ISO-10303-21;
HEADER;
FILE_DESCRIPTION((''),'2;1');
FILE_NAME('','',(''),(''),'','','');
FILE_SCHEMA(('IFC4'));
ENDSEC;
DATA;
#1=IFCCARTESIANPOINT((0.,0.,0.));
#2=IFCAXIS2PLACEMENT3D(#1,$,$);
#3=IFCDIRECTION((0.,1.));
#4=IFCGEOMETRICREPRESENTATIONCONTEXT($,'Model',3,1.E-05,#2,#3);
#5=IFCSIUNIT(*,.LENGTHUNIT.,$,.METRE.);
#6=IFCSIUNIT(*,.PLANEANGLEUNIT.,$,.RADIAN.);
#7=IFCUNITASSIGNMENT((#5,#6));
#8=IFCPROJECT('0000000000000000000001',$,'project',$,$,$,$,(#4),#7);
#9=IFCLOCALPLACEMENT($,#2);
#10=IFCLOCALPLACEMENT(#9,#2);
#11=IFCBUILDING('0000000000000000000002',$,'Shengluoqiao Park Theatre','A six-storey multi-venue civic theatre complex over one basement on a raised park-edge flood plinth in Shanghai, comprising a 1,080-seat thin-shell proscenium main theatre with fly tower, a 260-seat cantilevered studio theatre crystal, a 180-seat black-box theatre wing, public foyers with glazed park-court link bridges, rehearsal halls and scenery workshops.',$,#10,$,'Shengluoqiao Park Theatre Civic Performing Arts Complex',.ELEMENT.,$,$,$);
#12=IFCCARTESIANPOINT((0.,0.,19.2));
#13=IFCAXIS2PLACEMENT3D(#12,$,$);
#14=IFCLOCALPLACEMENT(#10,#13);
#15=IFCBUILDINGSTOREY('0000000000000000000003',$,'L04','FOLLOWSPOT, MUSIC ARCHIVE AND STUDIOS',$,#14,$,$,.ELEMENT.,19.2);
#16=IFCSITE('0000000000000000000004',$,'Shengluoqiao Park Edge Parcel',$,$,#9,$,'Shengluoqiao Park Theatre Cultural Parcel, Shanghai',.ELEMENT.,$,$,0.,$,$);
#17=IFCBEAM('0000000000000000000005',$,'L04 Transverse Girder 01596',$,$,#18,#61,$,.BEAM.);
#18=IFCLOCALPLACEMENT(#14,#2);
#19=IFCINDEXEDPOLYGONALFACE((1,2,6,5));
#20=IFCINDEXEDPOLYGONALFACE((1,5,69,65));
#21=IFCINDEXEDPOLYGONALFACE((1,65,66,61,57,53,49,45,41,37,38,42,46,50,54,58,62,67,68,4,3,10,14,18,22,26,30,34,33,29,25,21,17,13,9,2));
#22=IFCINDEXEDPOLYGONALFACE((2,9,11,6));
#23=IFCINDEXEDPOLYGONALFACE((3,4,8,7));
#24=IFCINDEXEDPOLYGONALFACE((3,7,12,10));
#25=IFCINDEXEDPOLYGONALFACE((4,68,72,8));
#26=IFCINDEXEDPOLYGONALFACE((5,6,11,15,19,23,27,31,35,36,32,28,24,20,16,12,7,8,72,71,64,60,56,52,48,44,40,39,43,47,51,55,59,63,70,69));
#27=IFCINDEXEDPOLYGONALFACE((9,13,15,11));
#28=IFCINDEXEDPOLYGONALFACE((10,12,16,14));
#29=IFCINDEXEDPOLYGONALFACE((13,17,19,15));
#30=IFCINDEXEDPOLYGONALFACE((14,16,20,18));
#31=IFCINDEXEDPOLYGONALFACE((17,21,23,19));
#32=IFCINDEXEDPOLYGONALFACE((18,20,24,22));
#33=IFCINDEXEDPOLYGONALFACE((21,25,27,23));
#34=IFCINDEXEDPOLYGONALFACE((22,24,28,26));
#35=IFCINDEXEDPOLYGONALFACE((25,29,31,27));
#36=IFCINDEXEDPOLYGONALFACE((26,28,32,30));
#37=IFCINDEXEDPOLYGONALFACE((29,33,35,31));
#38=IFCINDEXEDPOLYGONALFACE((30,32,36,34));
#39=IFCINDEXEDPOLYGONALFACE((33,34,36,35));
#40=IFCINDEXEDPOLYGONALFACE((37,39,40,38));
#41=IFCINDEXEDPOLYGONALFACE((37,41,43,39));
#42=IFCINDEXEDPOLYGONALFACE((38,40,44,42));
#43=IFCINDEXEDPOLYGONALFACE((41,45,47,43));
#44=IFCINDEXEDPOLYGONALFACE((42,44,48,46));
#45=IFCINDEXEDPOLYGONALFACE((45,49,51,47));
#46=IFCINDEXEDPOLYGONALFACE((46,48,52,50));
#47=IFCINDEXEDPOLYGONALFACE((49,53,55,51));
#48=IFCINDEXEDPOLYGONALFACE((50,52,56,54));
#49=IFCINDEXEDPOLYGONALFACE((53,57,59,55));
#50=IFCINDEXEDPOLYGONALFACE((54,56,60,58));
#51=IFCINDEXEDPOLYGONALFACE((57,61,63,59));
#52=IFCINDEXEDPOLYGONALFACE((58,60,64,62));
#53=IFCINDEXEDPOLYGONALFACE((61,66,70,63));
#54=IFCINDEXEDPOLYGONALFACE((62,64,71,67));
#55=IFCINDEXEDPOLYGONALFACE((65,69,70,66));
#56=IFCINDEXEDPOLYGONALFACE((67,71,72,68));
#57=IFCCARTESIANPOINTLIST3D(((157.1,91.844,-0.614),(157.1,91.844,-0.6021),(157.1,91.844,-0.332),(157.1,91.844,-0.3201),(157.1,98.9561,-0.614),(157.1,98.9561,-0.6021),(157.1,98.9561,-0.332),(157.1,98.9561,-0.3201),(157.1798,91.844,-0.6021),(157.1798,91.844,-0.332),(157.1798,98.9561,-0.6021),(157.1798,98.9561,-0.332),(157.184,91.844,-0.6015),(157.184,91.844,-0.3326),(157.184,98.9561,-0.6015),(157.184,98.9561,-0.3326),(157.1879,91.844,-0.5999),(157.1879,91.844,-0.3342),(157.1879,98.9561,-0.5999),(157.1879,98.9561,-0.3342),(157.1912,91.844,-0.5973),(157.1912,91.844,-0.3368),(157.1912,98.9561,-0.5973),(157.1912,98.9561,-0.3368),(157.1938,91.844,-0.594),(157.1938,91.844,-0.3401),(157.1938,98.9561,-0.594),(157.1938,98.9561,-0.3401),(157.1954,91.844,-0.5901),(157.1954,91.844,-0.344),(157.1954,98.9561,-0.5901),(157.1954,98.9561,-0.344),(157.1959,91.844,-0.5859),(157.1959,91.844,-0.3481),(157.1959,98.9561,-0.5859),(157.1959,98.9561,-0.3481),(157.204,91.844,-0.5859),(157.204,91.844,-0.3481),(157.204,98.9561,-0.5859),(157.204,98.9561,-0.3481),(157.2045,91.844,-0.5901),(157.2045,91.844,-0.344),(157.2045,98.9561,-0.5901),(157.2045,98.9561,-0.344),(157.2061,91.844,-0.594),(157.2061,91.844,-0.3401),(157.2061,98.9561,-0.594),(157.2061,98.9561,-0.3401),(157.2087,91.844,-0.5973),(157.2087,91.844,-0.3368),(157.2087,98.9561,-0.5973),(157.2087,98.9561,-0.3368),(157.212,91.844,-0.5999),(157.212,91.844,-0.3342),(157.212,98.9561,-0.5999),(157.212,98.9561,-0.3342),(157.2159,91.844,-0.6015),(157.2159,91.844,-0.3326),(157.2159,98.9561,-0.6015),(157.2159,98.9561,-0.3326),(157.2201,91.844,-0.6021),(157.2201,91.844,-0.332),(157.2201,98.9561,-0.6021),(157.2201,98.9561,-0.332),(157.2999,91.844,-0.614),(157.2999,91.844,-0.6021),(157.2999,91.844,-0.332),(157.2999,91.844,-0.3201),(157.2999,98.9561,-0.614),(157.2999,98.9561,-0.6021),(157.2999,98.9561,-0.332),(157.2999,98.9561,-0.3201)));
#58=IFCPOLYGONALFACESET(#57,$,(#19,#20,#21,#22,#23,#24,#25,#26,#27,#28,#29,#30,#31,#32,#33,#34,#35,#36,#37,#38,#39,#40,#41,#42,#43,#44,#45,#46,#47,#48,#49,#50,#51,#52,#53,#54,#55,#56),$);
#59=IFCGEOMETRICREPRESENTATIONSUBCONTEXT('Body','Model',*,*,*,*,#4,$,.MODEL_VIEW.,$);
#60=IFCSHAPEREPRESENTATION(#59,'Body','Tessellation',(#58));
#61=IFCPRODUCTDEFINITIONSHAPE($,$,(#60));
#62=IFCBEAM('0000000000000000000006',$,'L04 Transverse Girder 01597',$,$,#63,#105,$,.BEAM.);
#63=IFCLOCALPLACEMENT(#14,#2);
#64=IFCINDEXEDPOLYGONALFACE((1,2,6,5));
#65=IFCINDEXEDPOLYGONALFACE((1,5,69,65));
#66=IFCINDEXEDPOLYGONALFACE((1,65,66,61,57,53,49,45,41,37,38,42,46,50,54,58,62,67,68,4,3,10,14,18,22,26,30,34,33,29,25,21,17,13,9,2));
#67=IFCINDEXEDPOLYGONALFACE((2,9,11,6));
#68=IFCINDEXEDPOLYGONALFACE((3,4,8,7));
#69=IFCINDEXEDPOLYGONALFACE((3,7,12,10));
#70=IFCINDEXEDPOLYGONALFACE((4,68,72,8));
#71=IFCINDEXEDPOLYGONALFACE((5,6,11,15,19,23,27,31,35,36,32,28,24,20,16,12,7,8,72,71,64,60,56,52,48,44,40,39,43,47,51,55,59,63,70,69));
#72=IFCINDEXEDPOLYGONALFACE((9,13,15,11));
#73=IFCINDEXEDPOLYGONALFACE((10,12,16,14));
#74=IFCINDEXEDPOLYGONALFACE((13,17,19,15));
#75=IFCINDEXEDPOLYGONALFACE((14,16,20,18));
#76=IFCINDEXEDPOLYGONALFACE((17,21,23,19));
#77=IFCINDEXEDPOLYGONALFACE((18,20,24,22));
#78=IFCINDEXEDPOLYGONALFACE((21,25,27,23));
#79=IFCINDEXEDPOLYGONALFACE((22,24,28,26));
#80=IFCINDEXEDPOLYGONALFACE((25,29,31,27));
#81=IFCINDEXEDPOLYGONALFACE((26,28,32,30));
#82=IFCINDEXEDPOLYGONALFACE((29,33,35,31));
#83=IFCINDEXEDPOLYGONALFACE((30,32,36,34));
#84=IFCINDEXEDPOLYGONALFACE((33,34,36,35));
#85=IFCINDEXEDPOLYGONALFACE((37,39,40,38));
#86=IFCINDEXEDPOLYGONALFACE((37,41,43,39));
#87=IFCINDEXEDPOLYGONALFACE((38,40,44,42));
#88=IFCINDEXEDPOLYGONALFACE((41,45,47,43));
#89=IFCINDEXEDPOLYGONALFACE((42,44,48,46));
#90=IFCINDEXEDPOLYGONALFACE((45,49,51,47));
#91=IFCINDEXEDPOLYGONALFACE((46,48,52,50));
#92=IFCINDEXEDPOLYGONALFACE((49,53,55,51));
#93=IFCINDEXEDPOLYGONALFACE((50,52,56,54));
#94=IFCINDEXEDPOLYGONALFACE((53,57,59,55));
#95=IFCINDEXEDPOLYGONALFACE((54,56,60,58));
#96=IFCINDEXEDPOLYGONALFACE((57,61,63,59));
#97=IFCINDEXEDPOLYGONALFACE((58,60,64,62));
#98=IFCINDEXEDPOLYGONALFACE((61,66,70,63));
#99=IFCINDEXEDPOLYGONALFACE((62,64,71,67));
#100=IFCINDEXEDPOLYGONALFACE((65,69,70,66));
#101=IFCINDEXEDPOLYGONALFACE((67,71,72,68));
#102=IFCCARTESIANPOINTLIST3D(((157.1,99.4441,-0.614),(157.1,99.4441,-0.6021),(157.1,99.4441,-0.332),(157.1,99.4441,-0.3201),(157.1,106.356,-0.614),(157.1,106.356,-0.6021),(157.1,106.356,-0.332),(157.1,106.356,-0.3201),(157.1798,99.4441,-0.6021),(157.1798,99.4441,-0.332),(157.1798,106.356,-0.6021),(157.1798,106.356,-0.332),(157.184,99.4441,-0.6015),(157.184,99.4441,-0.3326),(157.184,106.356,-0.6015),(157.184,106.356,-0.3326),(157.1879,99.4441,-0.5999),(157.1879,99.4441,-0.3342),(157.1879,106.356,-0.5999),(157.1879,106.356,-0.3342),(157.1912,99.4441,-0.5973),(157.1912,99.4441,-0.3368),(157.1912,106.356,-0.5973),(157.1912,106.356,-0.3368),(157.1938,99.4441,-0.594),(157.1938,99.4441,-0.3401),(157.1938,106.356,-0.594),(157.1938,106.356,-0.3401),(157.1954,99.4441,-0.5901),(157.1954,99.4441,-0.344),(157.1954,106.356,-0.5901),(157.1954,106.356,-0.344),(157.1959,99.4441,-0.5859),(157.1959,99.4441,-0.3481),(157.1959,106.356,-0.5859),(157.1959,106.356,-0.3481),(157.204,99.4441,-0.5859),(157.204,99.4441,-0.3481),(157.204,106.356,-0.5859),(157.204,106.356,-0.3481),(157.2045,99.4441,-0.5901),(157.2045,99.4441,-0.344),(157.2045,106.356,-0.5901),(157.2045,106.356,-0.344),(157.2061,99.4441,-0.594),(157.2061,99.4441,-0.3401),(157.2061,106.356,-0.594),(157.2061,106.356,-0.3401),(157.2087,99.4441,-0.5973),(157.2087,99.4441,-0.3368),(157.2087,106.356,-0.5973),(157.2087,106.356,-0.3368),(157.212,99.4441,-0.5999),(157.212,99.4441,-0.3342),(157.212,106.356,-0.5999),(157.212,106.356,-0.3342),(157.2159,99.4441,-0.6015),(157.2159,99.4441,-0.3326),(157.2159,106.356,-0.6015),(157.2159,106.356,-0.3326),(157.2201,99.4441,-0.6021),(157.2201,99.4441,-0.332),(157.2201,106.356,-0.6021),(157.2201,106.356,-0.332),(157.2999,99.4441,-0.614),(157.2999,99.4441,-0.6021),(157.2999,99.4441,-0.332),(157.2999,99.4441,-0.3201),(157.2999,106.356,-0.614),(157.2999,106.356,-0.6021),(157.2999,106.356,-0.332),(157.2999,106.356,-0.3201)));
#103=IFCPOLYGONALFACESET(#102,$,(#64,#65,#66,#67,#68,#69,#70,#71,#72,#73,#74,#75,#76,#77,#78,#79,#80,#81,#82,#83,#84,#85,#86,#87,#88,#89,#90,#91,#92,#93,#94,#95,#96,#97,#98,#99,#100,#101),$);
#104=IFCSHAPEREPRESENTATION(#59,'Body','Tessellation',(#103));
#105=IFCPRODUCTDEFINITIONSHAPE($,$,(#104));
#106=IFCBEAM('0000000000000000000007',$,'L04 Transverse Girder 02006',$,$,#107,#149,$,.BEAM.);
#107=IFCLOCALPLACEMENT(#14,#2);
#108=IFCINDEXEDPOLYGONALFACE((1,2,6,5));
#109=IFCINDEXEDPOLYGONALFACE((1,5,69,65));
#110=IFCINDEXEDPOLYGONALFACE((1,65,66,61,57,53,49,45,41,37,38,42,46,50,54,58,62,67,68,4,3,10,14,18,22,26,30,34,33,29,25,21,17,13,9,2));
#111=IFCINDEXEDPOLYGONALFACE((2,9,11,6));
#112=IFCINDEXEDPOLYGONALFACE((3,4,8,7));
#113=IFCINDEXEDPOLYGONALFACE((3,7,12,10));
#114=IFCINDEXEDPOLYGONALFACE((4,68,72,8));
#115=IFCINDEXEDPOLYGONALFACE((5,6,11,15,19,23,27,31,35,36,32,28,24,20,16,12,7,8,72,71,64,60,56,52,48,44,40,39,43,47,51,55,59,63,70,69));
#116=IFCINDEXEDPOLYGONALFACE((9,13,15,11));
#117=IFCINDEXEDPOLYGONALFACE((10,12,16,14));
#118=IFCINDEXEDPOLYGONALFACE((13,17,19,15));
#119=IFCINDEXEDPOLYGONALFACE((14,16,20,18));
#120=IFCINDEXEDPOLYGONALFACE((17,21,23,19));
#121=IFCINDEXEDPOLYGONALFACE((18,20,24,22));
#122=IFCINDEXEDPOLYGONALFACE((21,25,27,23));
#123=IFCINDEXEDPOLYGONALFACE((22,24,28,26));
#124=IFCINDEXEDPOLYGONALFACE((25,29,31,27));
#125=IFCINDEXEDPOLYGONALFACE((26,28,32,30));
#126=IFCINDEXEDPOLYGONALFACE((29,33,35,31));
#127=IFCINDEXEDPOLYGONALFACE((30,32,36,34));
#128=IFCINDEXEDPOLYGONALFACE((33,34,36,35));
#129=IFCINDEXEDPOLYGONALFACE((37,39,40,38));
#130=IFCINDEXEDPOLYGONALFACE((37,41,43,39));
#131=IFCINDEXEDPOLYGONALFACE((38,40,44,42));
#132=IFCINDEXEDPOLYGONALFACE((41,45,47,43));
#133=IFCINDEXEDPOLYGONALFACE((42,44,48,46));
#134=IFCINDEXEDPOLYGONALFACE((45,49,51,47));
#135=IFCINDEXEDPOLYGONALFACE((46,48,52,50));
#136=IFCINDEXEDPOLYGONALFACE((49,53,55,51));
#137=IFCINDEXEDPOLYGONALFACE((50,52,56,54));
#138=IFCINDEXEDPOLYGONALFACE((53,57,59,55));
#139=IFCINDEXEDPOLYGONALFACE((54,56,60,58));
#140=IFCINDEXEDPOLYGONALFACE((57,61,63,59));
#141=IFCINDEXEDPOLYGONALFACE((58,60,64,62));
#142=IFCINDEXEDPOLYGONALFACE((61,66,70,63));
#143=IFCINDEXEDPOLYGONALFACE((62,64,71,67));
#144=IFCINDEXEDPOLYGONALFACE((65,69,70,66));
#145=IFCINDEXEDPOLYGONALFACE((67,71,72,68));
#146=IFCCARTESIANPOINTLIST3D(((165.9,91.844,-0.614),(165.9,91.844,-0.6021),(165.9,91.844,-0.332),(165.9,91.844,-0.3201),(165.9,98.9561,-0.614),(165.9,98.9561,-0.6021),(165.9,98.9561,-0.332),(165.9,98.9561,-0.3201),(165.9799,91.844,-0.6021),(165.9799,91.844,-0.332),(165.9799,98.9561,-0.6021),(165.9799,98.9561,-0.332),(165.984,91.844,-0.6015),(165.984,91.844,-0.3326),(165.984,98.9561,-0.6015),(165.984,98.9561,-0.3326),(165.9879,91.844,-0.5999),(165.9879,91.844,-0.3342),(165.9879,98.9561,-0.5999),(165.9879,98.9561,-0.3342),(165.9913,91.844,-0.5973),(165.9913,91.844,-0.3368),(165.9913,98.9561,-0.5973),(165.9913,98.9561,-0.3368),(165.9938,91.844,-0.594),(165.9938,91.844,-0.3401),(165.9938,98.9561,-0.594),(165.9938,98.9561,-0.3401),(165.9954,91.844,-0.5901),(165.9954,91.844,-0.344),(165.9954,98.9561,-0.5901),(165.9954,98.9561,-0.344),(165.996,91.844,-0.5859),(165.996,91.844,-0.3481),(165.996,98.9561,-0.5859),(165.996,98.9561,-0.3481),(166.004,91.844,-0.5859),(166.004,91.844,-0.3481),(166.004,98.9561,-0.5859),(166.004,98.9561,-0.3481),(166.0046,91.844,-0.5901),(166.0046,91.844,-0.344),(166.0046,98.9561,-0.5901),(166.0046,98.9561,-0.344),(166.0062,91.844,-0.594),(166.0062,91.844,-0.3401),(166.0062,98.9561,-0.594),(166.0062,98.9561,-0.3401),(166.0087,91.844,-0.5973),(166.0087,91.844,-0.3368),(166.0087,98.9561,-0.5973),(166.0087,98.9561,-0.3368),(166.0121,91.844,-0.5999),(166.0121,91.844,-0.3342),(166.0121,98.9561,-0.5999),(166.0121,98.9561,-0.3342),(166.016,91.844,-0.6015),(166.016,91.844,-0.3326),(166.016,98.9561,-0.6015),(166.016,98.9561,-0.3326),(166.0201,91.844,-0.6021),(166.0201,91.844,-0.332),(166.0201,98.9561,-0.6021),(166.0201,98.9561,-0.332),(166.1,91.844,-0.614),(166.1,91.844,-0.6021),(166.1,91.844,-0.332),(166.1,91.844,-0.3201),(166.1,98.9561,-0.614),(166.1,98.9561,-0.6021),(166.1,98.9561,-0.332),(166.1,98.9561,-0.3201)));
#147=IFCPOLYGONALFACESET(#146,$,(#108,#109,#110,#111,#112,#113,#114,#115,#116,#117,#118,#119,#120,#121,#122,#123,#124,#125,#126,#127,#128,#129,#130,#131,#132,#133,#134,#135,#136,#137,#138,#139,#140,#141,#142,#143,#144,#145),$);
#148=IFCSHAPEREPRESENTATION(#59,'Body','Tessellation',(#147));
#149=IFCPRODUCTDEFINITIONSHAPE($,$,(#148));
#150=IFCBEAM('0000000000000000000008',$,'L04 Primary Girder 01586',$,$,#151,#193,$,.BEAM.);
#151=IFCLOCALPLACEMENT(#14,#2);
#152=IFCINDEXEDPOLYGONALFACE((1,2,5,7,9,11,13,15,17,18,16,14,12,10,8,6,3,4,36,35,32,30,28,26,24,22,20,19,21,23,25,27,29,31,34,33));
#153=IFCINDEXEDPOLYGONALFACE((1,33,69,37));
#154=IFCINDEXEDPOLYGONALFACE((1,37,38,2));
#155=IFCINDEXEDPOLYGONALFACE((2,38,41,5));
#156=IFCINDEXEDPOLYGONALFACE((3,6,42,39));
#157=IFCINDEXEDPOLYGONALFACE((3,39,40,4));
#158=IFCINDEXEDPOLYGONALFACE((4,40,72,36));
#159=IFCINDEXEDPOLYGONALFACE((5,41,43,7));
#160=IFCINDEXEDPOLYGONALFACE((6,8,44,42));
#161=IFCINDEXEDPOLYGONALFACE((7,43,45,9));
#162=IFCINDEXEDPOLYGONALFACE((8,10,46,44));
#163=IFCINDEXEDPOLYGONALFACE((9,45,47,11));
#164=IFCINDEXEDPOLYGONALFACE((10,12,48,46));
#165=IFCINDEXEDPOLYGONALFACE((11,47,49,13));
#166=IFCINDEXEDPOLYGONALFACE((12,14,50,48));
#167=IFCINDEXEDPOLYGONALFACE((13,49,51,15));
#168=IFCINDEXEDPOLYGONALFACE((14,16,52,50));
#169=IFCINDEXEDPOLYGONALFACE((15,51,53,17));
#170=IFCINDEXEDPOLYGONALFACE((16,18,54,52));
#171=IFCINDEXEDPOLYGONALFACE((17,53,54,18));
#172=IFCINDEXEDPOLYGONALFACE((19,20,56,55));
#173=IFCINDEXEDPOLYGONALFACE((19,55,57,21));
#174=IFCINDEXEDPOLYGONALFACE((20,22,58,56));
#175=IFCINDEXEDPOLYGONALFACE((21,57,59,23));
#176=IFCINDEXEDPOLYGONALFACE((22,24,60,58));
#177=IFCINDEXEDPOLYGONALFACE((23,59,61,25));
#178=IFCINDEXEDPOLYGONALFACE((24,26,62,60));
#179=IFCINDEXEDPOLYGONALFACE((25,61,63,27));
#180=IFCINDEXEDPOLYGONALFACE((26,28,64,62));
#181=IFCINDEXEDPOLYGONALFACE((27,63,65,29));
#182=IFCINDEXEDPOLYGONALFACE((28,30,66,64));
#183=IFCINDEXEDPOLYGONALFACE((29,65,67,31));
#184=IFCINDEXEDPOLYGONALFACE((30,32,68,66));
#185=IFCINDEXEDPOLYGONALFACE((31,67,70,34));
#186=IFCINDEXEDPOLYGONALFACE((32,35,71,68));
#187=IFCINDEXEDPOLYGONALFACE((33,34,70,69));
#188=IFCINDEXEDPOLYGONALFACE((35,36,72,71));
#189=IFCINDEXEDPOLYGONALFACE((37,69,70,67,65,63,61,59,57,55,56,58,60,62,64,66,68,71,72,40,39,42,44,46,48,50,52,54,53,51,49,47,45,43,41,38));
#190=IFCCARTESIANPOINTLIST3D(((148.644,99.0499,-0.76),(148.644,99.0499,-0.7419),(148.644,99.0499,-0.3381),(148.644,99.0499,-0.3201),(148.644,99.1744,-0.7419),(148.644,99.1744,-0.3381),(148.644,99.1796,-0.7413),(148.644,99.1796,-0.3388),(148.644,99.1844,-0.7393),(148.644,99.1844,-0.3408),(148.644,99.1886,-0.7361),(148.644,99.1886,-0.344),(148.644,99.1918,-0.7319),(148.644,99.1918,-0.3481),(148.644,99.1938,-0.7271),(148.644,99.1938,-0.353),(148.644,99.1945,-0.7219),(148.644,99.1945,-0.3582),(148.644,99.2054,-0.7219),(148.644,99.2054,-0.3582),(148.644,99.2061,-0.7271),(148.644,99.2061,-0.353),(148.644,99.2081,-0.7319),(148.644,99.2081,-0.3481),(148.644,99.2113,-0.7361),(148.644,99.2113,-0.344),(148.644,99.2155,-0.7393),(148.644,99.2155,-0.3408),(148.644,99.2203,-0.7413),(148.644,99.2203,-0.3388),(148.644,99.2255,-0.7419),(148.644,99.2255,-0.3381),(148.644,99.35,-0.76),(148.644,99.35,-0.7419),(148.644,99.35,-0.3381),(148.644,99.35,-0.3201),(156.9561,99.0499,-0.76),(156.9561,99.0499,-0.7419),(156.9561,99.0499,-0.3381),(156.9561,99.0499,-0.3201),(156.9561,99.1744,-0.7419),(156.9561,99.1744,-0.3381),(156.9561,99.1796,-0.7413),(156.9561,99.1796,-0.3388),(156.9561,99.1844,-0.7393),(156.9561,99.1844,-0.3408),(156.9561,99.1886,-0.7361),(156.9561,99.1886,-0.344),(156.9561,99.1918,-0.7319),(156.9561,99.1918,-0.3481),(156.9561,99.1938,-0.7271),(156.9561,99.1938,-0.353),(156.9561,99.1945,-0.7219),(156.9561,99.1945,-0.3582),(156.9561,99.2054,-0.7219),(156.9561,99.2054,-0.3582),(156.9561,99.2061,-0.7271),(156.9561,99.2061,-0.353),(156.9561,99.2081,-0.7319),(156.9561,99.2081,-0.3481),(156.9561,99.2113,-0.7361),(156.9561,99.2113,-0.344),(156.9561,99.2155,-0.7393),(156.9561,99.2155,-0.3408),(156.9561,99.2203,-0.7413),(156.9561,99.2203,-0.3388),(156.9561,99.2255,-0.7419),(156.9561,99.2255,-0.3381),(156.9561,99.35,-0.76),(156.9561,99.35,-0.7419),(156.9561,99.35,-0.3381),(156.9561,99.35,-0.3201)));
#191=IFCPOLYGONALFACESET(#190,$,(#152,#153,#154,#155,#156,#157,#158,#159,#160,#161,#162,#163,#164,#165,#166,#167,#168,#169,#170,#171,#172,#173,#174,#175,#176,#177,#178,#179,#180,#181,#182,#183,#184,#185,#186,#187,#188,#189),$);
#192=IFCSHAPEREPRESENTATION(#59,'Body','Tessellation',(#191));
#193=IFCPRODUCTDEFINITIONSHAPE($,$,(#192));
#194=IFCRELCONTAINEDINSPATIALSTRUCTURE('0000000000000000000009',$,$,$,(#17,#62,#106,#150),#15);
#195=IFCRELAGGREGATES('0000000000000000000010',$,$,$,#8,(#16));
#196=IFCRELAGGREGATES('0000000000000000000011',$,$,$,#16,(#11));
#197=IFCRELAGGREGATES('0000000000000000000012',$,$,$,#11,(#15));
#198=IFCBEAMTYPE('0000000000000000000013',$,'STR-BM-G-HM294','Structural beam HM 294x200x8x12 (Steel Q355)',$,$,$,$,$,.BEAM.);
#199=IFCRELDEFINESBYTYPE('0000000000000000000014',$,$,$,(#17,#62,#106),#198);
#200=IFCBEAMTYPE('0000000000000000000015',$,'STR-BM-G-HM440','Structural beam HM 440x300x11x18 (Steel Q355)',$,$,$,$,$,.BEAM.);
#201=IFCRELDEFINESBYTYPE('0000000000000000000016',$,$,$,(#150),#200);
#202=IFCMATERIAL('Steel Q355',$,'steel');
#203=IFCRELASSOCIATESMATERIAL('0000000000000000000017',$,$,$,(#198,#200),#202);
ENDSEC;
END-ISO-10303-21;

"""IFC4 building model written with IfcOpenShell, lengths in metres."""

from ifc_helpers import new_model, si_unit, direction, frame, origin, origin_2d, place, context, subcontext, project, spatial, i_section, extrude, material, material_profile, profile_set, type_object, element, save


model = new_model("IFC4")

# Units and contexts
model_context = context("Model", 3, precision=1e-05, world=origin(), true_north=direction((0.0, 1.0)))
body_context = subcontext(model_context, "Body", "Model", "MODEL_VIEW")
ifc_project = project(units=[si_unit("LENGTHUNIT", "METRE"), si_unit("PLANEANGLEUNIT", "RADIAN")], contexts=[model_context])

# Site, building, storey
site_placement = place(None, origin())
site = spatial("IfcSite", under=ifc_project, at=site_placement, Name="Shengluoqiao Park Edge Parcel", LongName="Shengluoqiao Park Theatre Cultural Parcel, Shanghai", CompositionType="ELEMENT", RefElevation=0.0)
building_placement = place(site_placement, origin())
building = spatial("IfcBuilding", under=site, at=building_placement, Name="Shengluoqiao Park Theatre", Description="A six-storey multi-venue civic theatre complex over one basement on a raised park-edge flood plinth in Shanghai, comprising a 1,080-seat thin-shell proscenium main theatre with fly tower, a 260-seat cantilevered studio theatre crystal, a 180-seat black-box theatre wing, public foyers with glazed park-court link bridges, rehearsal halls and scenery workshops.", LongName="Shengluoqiao Park Theatre Civic Performing Arts Complex", CompositionType="ELEMENT")
storey_placement = place(building_placement, frame((0.0, 0.0, 19.2)))
storey = spatial("IfcBuildingStorey", under=building, at=storey_placement, Name="L04", Description="FOLLOWSPOT, MUSIC ARCHIVE AND STUDIOS", CompositionType="ELEMENT", Elevation=19.2)

# Shared definitions
ifc_material_1 = material(Name="Steel Q355", Category="steel")

# Beams
ifc_material_profile_1 = material_profile(ifc_material_1, i_section(OverallWidth=0.2, OverallDepth=0.2939, WebThickness=0.0081, FlangeThickness=0.012, FilletRadius=0.0161, at=origin_2d()), Name="HM 294x200x8x12")
ifc_profile_set_1 = profile_set([ifc_material_profile_1], Name="Steel Q355")
beam_type_1 = type_object("IfcBeamType", Name="STR-BM-G-HM294", Description="Structural beam HM 294x200x8x12 (Steel Q355)", PredefinedType="BEAM", material=ifc_profile_set_1)
beam_1_placement = place(storey_placement, frame((157.2, 91.844, -0.467), z_axis=(0.0, 1.0, 0.0), x_axis=(-1.0, 0.0, 0.0)))
element("IfcBeam", 1, at=beam_1_placement, inside=storey, type_object=beam_type_1, Name="L04 Transverse Girder 01596", PredefinedType="BEAM", context=body_context, shape_type="SweptSolid", body=[
    extrude(i_section(OverallWidth=0.2, OverallDepth=0.2939, WebThickness=0.0081, FlangeThickness=0.012, FilletRadius=0.0161, at=origin_2d()), origin(), (0.0, 0.0, 1.0), 7.1121),
])
beam_2_placement = place(storey_placement, frame((157.2, 99.4441, -0.467), z_axis=(0.0, 1.0, 0.0), x_axis=(-1.0, 0.0, 0.0)))
element("IfcBeam", 2, at=beam_2_placement, inside=storey, type_object=beam_type_1, Name="L04 Transverse Girder 01597", PredefinedType="BEAM", context=body_context, shape_type="SweptSolid", body=[
    extrude(i_section(OverallWidth=0.2, OverallDepth=0.2939, WebThickness=0.0081, FlangeThickness=0.012, FilletRadius=0.0161, at=origin_2d()), origin(), (0.0, 0.0, 1.0), 6.9119),
])
beam_3_placement = place(storey_placement, frame((166.0, 91.844, -0.467), z_axis=(0.0, 1.0, 0.0), x_axis=(-1.0, 0.0, 0.0)))
element("IfcBeam", 3, at=beam_3_placement, inside=storey, type_object=beam_type_1, Name="L04 Transverse Girder 02006", PredefinedType="BEAM", context=body_context, shape_type="SweptSolid", body=[
    extrude(i_section(OverallWidth=0.2, OverallDepth=0.2939, WebThickness=0.0081, FlangeThickness=0.012, FilletRadius=0.0161, at=origin_2d()), origin(), (0.0, 0.0, 1.0), 7.1121),
])
ifc_material_profile_2 = material_profile(ifc_material_1, i_section(OverallWidth=0.3, OverallDepth=0.4399, WebThickness=0.011, FlangeThickness=0.0181, FilletRadius=0.02, at=origin_2d()), Name="HM 440x300x11x18")
ifc_profile_set_2 = profile_set([ifc_material_profile_2], Name="Steel Q355")
beam_type_2 = type_object("IfcBeamType", Name="STR-BM-G-HM440", Description="Structural beam HM 440x300x11x18 (Steel Q355)", PredefinedType="BEAM", material=ifc_profile_set_2)
for number, where, z_axis, x_axis, name in (
    (4, (148.644, 99.2, -0.54), (1.0, 0.0, 0.0), (0.0, 1.0, 0.0), "L04 Primary Girder 01586"),
):
    element("IfcBeam", number, at=place(storey_placement, frame(where, z_axis=z_axis, x_axis=x_axis)), inside=storey, type_object=beam_type_2, Name=name, PredefinedType="BEAM", context=body_context, shape_type="SweptSolid", body=[
        extrude(i_section(OverallWidth=0.3, OverallDepth=0.4399, WebThickness=0.011, FlangeThickness=0.0181, FilletRadius=0.02, at=origin_2d()), origin(), (0.0, 0.0, 1.0), 8.312),
    ])

save(model, "model.ifc")
